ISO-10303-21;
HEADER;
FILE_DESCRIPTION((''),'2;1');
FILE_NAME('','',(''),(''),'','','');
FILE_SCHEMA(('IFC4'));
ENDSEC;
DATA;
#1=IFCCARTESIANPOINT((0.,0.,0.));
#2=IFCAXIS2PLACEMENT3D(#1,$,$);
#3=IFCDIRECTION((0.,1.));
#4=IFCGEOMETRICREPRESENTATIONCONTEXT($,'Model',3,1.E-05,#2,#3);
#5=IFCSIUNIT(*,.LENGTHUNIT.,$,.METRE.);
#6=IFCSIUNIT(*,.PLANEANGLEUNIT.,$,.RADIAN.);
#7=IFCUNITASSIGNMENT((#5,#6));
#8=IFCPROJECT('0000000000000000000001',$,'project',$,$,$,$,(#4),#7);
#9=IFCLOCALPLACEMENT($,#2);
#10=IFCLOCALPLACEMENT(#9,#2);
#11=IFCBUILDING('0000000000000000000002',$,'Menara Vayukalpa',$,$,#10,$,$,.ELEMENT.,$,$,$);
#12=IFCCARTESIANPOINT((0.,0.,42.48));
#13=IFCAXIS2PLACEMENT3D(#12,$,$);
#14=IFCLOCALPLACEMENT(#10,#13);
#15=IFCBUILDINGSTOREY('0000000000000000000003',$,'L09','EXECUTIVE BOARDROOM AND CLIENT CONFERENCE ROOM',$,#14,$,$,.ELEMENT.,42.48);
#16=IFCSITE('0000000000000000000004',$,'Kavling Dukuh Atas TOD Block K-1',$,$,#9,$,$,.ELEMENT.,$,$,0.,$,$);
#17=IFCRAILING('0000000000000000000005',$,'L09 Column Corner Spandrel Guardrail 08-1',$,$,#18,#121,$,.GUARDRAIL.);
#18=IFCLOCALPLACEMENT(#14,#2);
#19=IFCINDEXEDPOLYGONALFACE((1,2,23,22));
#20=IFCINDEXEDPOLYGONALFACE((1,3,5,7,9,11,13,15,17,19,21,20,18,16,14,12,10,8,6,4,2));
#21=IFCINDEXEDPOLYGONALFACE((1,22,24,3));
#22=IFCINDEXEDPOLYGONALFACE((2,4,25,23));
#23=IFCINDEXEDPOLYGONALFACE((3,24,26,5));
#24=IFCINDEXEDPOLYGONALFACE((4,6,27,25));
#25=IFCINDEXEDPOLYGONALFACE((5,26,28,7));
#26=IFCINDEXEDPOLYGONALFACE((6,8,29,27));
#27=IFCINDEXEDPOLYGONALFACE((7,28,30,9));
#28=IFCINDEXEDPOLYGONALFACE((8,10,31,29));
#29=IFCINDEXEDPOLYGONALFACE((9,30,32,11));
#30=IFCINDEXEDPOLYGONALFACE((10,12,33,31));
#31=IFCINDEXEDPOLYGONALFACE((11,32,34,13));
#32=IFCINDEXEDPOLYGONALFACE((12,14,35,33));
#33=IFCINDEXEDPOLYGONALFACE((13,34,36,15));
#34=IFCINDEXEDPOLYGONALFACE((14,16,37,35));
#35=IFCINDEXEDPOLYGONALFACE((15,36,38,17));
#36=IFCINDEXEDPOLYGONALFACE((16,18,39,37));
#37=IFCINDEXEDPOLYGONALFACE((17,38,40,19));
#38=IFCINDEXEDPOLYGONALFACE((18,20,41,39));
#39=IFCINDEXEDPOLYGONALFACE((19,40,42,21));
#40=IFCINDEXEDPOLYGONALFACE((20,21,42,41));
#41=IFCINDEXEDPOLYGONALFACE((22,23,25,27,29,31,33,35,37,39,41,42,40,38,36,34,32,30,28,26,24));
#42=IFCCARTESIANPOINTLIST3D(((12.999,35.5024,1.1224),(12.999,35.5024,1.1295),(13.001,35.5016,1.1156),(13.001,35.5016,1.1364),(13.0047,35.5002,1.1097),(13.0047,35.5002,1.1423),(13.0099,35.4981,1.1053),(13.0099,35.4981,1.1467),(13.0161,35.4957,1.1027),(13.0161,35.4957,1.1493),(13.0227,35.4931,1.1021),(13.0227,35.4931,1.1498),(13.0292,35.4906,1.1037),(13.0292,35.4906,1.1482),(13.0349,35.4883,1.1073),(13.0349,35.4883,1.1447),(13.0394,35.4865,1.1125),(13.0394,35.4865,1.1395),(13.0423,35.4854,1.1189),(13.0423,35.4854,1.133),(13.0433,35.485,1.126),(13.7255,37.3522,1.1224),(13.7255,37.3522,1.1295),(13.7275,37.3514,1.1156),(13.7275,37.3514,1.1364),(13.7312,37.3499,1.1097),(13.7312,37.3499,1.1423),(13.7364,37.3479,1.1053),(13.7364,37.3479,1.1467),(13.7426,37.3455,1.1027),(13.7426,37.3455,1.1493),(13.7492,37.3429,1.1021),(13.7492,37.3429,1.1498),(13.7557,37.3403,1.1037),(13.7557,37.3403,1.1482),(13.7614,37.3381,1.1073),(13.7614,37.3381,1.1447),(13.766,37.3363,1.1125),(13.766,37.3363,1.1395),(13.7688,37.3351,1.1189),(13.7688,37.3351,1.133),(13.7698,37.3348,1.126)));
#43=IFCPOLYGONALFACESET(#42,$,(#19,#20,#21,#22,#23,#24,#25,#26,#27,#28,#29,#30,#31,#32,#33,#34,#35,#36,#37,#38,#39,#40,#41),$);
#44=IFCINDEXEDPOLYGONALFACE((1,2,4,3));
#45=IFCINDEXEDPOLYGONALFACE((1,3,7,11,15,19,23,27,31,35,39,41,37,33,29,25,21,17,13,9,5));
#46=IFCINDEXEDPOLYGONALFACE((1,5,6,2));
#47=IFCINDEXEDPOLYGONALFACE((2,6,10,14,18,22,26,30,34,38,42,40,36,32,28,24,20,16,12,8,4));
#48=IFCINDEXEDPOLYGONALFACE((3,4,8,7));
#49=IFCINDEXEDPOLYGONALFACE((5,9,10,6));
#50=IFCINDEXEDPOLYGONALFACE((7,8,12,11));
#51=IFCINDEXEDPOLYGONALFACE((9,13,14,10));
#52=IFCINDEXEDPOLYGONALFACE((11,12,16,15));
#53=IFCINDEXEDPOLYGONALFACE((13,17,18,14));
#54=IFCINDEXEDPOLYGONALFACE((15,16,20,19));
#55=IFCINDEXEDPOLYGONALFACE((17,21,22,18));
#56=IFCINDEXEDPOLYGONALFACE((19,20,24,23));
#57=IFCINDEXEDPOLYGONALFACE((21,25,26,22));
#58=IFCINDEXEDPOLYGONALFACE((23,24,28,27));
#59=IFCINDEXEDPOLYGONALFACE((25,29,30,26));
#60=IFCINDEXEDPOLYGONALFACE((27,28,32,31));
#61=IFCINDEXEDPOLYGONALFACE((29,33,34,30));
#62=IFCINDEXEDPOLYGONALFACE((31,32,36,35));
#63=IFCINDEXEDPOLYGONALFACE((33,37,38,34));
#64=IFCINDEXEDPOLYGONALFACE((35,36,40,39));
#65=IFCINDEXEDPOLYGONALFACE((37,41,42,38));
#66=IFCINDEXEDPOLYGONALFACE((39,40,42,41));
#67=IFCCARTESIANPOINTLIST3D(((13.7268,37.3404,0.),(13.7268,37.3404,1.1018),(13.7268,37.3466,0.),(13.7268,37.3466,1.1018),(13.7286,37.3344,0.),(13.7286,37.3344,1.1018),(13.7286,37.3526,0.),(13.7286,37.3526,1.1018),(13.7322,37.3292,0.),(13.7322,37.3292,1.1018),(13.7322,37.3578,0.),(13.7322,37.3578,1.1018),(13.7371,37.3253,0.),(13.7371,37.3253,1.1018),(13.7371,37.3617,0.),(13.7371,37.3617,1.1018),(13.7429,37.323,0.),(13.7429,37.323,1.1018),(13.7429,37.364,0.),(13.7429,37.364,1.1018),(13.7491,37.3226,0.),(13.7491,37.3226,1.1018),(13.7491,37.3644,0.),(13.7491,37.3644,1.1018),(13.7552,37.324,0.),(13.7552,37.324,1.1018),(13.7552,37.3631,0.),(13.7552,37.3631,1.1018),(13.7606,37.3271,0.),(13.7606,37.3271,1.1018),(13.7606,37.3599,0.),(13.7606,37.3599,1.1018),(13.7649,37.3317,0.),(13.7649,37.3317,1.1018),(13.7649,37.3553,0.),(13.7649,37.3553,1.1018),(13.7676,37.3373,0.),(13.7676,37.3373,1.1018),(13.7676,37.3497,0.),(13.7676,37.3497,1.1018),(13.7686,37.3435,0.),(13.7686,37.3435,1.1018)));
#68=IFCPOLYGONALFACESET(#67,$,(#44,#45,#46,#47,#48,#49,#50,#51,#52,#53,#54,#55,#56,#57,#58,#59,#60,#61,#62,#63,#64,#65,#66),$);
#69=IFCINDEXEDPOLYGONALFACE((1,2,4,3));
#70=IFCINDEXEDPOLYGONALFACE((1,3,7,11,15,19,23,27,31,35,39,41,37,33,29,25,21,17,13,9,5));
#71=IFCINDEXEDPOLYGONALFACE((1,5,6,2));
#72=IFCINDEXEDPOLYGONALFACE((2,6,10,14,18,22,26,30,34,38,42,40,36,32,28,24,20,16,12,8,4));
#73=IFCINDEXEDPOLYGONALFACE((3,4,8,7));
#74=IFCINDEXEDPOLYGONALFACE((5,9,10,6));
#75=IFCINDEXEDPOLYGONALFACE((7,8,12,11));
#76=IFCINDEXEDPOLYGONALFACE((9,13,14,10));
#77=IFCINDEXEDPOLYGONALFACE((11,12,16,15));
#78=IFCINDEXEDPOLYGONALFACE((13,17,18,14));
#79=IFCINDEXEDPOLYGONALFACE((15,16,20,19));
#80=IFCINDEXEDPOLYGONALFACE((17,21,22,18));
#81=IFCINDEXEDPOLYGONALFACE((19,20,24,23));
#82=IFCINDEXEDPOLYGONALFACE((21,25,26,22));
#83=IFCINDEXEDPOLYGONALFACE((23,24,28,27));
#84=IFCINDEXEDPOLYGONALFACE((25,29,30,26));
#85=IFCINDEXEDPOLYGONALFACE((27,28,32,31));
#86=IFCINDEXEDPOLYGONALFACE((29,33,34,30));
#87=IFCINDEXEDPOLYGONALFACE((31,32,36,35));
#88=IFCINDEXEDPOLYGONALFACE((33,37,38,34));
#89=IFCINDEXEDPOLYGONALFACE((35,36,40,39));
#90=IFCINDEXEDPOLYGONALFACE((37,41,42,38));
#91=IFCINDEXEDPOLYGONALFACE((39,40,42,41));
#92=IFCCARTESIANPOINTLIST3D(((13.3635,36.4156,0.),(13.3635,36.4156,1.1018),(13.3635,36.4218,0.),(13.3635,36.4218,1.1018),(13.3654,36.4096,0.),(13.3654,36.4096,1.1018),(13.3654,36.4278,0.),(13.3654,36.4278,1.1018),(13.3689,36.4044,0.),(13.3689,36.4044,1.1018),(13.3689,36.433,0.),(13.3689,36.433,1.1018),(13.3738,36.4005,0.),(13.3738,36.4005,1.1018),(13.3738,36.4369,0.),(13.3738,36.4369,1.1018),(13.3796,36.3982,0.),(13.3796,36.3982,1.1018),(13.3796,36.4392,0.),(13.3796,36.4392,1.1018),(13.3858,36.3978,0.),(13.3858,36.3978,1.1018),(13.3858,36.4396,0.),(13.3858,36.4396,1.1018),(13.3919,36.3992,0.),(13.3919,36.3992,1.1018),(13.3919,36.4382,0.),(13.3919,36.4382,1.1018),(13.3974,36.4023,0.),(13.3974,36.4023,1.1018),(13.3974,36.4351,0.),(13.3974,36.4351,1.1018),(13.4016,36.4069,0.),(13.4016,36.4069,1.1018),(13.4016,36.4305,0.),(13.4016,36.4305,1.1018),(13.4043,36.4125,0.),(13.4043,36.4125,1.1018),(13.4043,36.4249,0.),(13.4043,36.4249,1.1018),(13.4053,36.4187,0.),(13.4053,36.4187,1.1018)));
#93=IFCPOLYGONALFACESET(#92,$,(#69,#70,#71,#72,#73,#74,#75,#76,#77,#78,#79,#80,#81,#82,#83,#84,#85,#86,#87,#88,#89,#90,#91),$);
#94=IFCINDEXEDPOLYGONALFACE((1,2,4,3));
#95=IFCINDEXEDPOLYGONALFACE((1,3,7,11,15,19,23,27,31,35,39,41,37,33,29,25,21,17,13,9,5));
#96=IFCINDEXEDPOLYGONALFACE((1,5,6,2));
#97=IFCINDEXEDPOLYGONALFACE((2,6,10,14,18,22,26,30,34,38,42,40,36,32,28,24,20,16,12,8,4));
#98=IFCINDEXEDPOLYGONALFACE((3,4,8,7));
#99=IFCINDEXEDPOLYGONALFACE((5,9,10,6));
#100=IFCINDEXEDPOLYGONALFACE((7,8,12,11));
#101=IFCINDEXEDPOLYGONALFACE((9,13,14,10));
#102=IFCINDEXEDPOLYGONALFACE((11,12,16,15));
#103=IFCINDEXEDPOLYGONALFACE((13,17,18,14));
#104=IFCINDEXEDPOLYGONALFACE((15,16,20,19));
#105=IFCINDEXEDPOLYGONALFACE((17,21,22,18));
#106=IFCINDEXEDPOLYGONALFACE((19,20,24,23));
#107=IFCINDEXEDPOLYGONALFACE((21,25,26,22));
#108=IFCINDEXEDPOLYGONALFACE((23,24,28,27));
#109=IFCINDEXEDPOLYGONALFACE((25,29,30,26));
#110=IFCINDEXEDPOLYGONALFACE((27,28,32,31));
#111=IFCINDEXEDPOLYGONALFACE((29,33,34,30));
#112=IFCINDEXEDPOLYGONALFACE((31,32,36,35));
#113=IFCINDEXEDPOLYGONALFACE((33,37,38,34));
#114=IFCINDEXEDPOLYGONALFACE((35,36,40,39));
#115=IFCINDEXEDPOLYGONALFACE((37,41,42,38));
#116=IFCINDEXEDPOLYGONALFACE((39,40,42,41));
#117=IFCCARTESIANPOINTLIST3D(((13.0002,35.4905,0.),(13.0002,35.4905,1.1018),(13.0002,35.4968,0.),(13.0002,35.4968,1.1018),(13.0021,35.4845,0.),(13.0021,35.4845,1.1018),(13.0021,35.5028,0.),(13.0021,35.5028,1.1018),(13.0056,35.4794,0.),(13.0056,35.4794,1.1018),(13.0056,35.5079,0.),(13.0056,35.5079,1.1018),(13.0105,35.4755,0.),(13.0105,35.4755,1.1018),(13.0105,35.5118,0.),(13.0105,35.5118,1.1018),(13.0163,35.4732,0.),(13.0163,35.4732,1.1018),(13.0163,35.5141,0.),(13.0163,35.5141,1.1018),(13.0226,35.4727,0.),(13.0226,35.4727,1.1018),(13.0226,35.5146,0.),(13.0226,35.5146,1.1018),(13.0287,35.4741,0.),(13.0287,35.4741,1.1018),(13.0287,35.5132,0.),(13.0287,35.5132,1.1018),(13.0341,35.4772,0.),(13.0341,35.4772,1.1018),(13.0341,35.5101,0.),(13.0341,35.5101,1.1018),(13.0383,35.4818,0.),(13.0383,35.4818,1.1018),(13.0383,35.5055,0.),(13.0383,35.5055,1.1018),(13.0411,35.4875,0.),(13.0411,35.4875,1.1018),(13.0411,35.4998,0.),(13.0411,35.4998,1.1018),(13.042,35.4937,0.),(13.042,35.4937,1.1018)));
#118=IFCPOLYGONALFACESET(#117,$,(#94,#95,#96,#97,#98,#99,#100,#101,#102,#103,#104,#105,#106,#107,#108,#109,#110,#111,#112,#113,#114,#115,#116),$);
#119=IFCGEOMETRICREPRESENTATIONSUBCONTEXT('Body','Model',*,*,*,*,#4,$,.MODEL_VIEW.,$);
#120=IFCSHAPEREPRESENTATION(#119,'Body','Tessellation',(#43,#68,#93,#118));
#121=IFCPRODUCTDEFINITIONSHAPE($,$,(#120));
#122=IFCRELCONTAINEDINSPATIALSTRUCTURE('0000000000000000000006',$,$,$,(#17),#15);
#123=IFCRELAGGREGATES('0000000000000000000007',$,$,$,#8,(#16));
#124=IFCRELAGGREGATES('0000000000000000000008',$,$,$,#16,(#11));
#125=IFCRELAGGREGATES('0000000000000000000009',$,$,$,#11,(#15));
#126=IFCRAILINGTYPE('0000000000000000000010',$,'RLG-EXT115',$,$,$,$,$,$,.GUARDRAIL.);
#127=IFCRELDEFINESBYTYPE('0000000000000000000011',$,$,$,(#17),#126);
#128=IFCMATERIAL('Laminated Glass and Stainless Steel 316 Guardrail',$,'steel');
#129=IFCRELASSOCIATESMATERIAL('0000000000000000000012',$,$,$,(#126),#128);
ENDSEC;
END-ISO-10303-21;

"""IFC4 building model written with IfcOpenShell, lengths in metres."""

from ifc_helpers import new_model, si_unit, direction, frame, origin, origin_2d, place, context, subcontext, project, spatial, circle, extrude, material, type_object, element, save


model = new_model("IFC4")

# Units and contexts
model_context = context("Model", 3, precision=1e-05, world=origin(), true_north=direction((0.0, 1.0)))
body_context = subcontext(model_context, "Body", "Model", "MODEL_VIEW")
ifc_project = project(units=[si_unit("LENGTHUNIT", "METRE"), si_unit("PLANEANGLEUNIT", "RADIAN")], contexts=[model_context])

# Site, building, storey
site_placement = place(None, origin())
site = spatial("IfcSite", under=ifc_project, at=site_placement, Name="Kavling Dukuh Atas TOD Block K-1", CompositionType="ELEMENT", RefElevation=0.0)
building_placement = place(site_placement, origin())
building = spatial("IfcBuilding", under=site, at=building_placement, Name="Menara Vayukalpa", CompositionType="ELEMENT")
storey_placement = place(building_placement, frame((0.0, 0.0, 42.48)))
storey = spatial("IfcBuildingStorey", under=building, at=storey_placement, Name="L09", Description="EXECUTIVE BOARDROOM AND CLIENT CONFERENCE ROOM", CompositionType="ELEMENT", Elevation=42.48)

# Railing
ifc_material_1 = material(Name="Laminated Glass and Stainless Steel 316 Guardrail", Category="steel")
railing_type = type_object("IfcRailingType", Name="RLG-EXT115", PredefinedType="GUARDRAIL", material=ifc_material_1)
railing_1_placement = place(storey_placement, frame((13.7476, 37.3435, 0.0)))
element("IfcRailing", 1, at=railing_1_placement, inside=storey, type_object=railing_type, Name="L09 Column Corner Spandrel Guardrail 08-1", PredefinedType="GUARDRAIL", context=body_context, shape_type="SweptSolid", body=[
    extrude(circle(Radius=0.0239, at=origin_2d()), frame((0.0, 0.0, 1.126), z_axis=(-0.36558, -0.93078, 0.0), x_axis=(0.93078, -0.36558, 0.0)), (0.0, 0.0, 1.0), 1.9873),
    extrude(circle(Radius=0.021, at=origin_2d()), origin(), (0.0, 0.0, 1.0), 1.1018),
    extrude(circle(Radius=0.021, at=origin_2d()), frame((-0.3633, -0.9248, 0.0)), (0.0, 0.0, 1.0), 1.1018),
    extrude(circle(Radius=0.021, at=origin_2d()), frame((-0.7266, -1.8499, 0.0)), (0.0, 0.0, 1.0), 1.1018),
])

save(model, "model.ifc")
